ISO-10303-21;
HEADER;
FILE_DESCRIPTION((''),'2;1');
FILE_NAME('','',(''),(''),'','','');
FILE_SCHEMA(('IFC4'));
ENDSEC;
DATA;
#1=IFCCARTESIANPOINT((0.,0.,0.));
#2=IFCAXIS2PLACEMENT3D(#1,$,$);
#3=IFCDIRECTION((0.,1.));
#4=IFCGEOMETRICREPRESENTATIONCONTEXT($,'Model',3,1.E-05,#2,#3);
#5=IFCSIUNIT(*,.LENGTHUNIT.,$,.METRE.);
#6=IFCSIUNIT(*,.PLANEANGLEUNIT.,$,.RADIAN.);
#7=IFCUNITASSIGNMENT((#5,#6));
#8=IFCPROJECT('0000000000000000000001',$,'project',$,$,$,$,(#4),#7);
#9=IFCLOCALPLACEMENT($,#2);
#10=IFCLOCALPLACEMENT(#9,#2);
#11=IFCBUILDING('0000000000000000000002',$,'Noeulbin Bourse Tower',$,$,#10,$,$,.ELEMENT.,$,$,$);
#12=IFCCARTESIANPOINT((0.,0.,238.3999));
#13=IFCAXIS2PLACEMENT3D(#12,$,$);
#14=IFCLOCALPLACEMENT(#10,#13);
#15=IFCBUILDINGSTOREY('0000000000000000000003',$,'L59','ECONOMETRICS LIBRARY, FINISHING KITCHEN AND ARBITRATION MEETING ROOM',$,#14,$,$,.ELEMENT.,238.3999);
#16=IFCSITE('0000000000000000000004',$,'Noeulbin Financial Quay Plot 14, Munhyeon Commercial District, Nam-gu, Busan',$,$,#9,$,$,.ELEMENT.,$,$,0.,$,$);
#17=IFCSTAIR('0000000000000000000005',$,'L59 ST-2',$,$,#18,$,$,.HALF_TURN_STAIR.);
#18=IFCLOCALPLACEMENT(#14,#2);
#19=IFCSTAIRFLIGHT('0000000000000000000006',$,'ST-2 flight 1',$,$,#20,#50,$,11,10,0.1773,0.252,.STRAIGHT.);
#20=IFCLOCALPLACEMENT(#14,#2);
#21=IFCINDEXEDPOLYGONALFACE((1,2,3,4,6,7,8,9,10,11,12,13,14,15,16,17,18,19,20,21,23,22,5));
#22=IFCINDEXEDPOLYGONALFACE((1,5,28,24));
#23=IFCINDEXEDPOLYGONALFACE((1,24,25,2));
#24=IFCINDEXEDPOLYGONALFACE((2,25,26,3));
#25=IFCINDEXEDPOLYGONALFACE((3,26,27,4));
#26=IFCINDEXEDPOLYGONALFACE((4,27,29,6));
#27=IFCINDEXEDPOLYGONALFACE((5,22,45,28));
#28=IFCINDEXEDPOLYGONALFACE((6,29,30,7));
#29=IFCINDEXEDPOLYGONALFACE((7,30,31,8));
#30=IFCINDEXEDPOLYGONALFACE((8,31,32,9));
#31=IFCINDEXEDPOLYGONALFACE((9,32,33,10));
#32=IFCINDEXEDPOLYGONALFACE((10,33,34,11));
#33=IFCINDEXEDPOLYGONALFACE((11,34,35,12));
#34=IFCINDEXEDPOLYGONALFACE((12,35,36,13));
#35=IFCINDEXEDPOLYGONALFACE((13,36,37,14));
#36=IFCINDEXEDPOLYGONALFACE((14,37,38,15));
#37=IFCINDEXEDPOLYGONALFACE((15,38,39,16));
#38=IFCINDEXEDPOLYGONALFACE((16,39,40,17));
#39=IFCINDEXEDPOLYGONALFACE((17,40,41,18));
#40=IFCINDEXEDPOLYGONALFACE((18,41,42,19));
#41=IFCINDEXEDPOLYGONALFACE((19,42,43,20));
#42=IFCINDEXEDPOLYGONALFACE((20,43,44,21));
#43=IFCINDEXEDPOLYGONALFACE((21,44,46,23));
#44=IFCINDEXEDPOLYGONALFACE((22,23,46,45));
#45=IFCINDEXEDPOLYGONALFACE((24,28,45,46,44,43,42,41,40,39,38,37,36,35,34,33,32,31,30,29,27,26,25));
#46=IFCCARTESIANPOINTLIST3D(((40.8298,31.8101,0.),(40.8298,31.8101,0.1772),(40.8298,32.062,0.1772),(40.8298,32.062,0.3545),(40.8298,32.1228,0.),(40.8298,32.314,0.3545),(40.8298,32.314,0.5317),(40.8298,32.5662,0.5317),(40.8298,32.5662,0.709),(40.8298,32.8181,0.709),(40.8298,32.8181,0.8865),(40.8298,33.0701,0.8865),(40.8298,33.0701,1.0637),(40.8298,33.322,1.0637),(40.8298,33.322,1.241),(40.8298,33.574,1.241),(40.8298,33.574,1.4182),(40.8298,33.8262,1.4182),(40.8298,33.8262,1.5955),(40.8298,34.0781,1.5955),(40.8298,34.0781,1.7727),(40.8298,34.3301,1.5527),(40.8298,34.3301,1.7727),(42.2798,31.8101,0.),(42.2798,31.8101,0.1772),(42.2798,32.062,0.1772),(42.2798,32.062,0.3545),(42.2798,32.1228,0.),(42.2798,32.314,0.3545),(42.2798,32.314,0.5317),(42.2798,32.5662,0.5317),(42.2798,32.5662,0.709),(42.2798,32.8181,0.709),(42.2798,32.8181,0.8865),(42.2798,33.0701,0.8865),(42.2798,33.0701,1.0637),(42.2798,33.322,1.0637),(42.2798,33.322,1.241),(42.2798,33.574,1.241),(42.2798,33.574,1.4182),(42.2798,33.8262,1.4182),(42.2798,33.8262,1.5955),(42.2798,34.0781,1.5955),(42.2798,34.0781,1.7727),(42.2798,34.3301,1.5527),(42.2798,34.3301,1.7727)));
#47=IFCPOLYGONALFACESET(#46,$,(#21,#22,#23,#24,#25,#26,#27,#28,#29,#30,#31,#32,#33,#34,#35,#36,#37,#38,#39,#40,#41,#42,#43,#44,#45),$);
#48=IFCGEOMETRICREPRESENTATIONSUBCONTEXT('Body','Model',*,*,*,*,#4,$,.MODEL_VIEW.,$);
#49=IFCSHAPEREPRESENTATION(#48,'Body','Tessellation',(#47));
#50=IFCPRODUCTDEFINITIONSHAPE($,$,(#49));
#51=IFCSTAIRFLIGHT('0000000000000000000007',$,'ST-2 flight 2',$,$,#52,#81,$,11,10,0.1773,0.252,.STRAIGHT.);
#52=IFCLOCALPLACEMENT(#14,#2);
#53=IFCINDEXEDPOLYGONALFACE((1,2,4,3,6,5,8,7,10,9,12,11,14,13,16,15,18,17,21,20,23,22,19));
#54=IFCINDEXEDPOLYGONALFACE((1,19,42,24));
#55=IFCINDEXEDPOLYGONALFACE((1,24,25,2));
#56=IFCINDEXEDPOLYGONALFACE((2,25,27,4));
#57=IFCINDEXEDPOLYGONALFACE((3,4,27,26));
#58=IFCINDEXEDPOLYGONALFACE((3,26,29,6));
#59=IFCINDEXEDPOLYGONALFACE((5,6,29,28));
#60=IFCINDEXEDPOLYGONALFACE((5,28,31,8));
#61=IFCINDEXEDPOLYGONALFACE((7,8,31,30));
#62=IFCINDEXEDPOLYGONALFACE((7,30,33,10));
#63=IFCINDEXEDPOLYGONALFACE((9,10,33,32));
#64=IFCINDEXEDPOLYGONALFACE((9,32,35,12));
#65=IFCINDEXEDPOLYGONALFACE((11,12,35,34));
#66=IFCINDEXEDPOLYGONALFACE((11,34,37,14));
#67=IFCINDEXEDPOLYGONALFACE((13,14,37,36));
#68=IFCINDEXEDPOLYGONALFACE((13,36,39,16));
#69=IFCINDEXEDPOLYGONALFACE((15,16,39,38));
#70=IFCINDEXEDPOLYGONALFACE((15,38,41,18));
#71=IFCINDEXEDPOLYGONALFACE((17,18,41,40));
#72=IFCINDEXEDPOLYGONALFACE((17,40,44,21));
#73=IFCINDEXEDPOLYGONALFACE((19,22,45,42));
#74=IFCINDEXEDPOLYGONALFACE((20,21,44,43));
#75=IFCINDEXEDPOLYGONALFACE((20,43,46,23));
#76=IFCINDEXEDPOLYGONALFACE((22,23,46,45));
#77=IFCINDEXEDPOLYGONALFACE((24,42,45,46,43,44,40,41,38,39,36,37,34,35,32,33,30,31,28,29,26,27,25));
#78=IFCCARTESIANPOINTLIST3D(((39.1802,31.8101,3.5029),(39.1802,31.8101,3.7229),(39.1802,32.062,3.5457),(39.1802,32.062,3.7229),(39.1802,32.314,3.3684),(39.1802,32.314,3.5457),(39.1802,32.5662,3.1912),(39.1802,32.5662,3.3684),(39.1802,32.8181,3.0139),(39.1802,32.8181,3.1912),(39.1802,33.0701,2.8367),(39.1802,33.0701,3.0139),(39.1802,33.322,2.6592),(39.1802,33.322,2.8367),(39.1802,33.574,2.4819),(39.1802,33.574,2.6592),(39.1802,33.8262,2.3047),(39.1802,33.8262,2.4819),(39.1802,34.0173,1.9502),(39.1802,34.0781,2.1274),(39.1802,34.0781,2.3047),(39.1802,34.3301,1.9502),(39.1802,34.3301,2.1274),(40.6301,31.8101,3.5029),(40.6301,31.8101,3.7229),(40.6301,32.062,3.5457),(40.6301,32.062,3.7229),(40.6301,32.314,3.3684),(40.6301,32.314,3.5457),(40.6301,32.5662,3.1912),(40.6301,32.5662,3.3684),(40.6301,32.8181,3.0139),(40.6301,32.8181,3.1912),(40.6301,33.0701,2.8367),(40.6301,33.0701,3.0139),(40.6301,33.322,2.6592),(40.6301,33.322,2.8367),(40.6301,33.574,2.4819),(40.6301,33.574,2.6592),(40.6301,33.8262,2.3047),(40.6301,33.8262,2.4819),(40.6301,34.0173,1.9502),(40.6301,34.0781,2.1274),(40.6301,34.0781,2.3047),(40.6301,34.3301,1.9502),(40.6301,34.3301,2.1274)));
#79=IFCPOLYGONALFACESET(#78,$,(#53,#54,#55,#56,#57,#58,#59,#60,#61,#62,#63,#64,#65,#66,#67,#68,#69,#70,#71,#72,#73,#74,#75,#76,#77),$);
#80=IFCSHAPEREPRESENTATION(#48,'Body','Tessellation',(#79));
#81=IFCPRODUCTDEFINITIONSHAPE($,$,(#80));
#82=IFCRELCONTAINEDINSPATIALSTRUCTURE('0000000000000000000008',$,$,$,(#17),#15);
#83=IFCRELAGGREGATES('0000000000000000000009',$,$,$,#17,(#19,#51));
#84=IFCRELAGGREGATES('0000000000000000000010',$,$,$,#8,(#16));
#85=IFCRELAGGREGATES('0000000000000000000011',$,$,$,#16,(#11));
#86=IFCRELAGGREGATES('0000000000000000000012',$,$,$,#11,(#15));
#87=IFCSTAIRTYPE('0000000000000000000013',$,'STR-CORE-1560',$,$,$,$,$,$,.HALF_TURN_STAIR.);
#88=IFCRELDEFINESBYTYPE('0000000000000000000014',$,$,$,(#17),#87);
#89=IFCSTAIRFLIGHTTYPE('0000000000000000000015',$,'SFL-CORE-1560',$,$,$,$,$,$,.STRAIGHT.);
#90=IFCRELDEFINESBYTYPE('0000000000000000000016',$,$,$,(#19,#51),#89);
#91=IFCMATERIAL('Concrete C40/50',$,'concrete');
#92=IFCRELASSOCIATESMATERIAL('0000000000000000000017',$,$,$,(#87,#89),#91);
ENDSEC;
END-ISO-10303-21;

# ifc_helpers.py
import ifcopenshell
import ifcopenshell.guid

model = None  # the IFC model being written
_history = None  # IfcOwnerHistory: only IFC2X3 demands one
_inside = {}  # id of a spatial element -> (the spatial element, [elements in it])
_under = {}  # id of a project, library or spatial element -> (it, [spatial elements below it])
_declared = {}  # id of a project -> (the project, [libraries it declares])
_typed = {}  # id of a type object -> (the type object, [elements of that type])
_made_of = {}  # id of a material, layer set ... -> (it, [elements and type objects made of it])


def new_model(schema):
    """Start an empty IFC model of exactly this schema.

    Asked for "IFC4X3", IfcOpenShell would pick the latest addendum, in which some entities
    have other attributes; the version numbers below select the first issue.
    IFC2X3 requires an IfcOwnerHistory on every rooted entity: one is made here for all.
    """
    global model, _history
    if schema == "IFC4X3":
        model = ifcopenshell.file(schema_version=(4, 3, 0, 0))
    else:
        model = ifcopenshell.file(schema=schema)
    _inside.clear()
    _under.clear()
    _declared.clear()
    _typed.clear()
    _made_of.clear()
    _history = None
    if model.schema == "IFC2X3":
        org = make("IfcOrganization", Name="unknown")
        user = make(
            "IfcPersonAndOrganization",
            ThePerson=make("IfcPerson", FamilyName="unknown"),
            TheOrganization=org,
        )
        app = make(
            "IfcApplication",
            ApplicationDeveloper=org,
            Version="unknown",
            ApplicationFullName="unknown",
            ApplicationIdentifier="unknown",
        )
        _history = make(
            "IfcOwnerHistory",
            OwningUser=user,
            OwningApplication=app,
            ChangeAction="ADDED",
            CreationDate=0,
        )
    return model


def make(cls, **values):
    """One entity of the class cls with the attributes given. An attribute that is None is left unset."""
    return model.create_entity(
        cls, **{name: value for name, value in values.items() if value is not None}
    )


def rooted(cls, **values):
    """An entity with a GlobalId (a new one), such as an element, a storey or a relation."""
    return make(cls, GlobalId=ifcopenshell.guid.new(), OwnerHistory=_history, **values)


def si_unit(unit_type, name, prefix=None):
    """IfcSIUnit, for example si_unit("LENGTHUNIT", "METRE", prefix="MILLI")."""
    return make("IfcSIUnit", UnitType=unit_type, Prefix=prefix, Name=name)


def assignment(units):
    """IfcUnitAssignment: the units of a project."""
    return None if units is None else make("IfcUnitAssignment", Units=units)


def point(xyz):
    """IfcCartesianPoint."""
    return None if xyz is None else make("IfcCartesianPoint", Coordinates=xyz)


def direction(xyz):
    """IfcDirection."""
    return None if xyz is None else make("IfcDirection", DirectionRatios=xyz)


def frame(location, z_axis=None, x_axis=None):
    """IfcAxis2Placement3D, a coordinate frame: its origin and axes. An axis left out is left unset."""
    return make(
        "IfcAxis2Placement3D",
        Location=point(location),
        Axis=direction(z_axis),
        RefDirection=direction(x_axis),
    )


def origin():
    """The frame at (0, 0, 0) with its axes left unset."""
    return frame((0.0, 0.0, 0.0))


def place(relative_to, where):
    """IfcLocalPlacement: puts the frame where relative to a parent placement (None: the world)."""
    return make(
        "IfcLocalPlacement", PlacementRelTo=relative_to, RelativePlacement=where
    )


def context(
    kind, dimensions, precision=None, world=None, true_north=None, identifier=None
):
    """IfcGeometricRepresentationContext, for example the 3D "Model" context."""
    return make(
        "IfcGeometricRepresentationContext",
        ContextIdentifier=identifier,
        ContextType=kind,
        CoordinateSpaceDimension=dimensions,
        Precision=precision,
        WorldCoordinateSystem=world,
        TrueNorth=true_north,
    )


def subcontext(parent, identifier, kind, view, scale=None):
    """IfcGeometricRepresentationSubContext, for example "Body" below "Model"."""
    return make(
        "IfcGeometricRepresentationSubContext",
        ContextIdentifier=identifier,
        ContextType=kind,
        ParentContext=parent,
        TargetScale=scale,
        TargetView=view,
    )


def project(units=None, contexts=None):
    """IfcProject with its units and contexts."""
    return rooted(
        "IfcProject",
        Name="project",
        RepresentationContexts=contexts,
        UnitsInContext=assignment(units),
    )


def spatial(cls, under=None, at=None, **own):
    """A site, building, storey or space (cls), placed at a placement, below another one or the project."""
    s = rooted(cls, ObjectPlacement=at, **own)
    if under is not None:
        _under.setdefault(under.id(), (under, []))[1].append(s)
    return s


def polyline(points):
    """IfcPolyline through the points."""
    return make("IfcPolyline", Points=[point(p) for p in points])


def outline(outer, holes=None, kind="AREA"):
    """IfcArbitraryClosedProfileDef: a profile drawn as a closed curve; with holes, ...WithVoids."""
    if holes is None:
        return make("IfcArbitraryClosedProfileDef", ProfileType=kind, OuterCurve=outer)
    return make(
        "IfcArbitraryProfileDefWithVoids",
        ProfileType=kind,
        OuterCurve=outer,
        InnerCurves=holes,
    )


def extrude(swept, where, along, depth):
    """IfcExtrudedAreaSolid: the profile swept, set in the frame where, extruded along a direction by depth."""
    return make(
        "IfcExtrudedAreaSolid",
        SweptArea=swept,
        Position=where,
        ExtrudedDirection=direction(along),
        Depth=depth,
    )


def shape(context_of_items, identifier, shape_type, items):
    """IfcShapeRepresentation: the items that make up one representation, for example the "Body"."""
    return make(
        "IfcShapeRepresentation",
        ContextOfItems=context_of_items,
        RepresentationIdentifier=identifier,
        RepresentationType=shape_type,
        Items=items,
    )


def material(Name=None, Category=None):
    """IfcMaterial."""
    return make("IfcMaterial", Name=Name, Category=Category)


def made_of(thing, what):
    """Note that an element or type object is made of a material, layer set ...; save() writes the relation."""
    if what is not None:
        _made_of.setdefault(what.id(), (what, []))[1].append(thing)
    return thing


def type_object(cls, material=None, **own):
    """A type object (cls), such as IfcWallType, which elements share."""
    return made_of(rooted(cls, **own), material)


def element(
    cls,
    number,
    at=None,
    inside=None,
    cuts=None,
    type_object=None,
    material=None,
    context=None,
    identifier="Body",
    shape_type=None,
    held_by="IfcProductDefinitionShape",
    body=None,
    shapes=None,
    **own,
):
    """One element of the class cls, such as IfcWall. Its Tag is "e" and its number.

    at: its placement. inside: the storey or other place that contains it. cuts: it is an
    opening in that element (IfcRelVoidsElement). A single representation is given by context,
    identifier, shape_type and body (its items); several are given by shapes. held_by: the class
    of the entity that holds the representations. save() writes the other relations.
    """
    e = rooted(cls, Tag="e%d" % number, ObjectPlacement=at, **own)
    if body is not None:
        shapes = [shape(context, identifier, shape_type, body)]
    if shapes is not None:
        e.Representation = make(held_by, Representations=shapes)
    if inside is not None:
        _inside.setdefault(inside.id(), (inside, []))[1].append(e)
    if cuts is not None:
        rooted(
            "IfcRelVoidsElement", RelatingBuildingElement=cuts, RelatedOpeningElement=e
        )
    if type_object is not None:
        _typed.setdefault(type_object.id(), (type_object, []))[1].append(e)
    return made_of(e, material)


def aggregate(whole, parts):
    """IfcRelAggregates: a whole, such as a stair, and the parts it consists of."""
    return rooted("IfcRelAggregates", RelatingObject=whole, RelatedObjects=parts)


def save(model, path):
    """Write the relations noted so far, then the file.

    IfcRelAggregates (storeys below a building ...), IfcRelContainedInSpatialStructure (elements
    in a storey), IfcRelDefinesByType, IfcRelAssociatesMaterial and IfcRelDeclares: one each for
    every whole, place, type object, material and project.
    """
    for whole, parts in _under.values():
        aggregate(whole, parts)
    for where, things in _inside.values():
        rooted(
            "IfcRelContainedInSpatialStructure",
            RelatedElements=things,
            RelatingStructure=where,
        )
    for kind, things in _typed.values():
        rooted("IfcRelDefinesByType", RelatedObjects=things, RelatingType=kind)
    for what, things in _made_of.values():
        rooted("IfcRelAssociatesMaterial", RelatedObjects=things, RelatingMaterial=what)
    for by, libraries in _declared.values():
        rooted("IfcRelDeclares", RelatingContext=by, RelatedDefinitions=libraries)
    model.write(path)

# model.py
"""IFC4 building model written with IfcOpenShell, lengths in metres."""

from ifc_helpers import new_model, si_unit, direction, frame, origin, place, context, subcontext, project, spatial, polyline, outline, extrude, material, type_object, element, aggregate, save


model = new_model("IFC4")

# Units and contexts
model_context = context("Model", 3, precision=1e-05, world=origin(), true_north=direction((0.0, 1.0)))
body_context = subcontext(model_context, "Body", "Model", "MODEL_VIEW")
ifc_project = project(units=[si_unit("LENGTHUNIT", "METRE"), si_unit("PLANEANGLEUNIT", "RADIAN")], contexts=[model_context])

# Site, building, storey
site_placement = place(None, origin())
site = spatial("IfcSite", under=ifc_project, at=site_placement, Name="Noeulbin Financial Quay Plot 14, Munhyeon Commercial District, Nam-gu, Busan", CompositionType="ELEMENT", RefElevation=0.0)
building_placement = place(site_placement, origin())
building = spatial("IfcBuilding", under=site, at=building_placement, Name="Noeulbin Bourse Tower", CompositionType="ELEMENT")
storey_placement = place(building_placement, frame((0.0, 0.0, 238.3999)))
storey = spatial("IfcBuildingStorey", under=building, at=storey_placement, Name="L59", Description="ECONOMETRICS LIBRARY, FINISHING KITCHEN AND ARBITRATION MEETING ROOM", CompositionType="ELEMENT", Elevation=238.3999)

# Shared definitions
ifc_material_1 = material(Name="Concrete C40/50", Category="concrete")

# Stair, stair flights
stair_type = type_object("IfcStairType", Name="STR-CORE-1560", PredefinedType="HALF_TURN_STAIR", material=ifc_material_1)
stair_placement = place(storey_placement, origin())
stair = element("IfcStair", 1, at=stair_placement, inside=storey, type_object=stair_type, Name="L59 ST-2", PredefinedType="HALF_TURN_STAIR")
stair_flight_type = type_object("IfcStairFlightType", Name="SFL-CORE-1560", PredefinedType="STRAIGHT", material=ifc_material_1)
stair_flight_1_placement = place(storey_placement, frame((41.5549, 31.8101, 0.0), z_axis=(0.0, 0.0, 1.0), x_axis=(0.0, 1.0, 0.0)))
stair_flight_1 = element("IfcStairFlight", 2, at=stair_flight_1_placement, type_object=stair_flight_type, Name="ST-2 flight 1", NumberOfRisers=11, NumberOfTreads=10, PredefinedType="STRAIGHT", RiserHeight=0.1773, TreadLength=0.252, context=body_context, shape_type="SweptSolid", body=[
    extrude(outline(polyline([(0.0, 0.0), (0.0, 0.1772), (0.252, 0.1772), (0.252, 0.3545), (0.5039, 0.3545), (0.5039, 0.5317), (0.7561, 0.5317), (0.7561, 0.709), (1.0081, 0.709), (1.0081, 0.8865), (1.26, 0.8865), (1.26, 1.0637), (1.512, 1.0637), (1.512, 1.241), (1.7639, 1.241), (1.7639, 1.4182), (2.0161, 1.4182), (2.0161, 1.5955), (2.2681, 1.5955), (2.2681, 1.7727), (2.52, 1.7727), (2.52, 1.95), (2.52, 1.5527), (0.3127, 0.0), (0.0, 0.0)])), frame((0.0, 0.7251, 0.0), z_axis=(0.0, -1.0, 0.0), x_axis=(1.0, 0.0, 0.0)), (0.0, 0.0, 1.0), 1.45),
])
stair_flight_2_placement = place(storey_placement, frame((39.905, 34.3301, 1.9502), z_axis=(0.0, 0.0, 1.0), x_axis=(0.0, -1.0, 0.0)))
stair_flight_2 = element("IfcStairFlight", 3, at=stair_flight_2_placement, type_object=stair_flight_type, Name="ST-2 flight 2", NumberOfRisers=11, NumberOfTreads=10, PredefinedType="STRAIGHT", RiserHeight=0.1773, TreadLength=0.252, context=body_context, shape_type="SweptSolid", body=[
    extrude(outline(polyline([(0.0, 0.0), (0.0, 0.1772), (0.252, 0.1772), (0.252, 0.3545), (0.5039, 0.3545), (0.5039, 0.5317), (0.7561, 0.5317), (0.7561, 0.709), (1.0081, 0.709), (1.0081, 0.8865), (1.26, 0.8865), (1.26, 1.0637), (1.512, 1.0637), (1.512, 1.241), (1.7639, 1.241), (1.7639, 1.4182), (2.0161, 1.4182), (2.0161, 1.5955), (2.2681, 1.5955), (2.2681, 1.7727), (2.52, 1.7727), (2.52, 1.95), (2.52, 1.5527), (0.3127, 0.0), (0.0, 0.0)])), frame((0.0, 0.7251, 0.0), z_axis=(0.0, -1.0, 0.0), x_axis=(1.0, 0.0, 0.0)), (0.0, 0.0, 1.0), 1.45),
])
aggregate(stair, [stair_flight_1, stair_flight_2])

save(model, "model.ifc")
